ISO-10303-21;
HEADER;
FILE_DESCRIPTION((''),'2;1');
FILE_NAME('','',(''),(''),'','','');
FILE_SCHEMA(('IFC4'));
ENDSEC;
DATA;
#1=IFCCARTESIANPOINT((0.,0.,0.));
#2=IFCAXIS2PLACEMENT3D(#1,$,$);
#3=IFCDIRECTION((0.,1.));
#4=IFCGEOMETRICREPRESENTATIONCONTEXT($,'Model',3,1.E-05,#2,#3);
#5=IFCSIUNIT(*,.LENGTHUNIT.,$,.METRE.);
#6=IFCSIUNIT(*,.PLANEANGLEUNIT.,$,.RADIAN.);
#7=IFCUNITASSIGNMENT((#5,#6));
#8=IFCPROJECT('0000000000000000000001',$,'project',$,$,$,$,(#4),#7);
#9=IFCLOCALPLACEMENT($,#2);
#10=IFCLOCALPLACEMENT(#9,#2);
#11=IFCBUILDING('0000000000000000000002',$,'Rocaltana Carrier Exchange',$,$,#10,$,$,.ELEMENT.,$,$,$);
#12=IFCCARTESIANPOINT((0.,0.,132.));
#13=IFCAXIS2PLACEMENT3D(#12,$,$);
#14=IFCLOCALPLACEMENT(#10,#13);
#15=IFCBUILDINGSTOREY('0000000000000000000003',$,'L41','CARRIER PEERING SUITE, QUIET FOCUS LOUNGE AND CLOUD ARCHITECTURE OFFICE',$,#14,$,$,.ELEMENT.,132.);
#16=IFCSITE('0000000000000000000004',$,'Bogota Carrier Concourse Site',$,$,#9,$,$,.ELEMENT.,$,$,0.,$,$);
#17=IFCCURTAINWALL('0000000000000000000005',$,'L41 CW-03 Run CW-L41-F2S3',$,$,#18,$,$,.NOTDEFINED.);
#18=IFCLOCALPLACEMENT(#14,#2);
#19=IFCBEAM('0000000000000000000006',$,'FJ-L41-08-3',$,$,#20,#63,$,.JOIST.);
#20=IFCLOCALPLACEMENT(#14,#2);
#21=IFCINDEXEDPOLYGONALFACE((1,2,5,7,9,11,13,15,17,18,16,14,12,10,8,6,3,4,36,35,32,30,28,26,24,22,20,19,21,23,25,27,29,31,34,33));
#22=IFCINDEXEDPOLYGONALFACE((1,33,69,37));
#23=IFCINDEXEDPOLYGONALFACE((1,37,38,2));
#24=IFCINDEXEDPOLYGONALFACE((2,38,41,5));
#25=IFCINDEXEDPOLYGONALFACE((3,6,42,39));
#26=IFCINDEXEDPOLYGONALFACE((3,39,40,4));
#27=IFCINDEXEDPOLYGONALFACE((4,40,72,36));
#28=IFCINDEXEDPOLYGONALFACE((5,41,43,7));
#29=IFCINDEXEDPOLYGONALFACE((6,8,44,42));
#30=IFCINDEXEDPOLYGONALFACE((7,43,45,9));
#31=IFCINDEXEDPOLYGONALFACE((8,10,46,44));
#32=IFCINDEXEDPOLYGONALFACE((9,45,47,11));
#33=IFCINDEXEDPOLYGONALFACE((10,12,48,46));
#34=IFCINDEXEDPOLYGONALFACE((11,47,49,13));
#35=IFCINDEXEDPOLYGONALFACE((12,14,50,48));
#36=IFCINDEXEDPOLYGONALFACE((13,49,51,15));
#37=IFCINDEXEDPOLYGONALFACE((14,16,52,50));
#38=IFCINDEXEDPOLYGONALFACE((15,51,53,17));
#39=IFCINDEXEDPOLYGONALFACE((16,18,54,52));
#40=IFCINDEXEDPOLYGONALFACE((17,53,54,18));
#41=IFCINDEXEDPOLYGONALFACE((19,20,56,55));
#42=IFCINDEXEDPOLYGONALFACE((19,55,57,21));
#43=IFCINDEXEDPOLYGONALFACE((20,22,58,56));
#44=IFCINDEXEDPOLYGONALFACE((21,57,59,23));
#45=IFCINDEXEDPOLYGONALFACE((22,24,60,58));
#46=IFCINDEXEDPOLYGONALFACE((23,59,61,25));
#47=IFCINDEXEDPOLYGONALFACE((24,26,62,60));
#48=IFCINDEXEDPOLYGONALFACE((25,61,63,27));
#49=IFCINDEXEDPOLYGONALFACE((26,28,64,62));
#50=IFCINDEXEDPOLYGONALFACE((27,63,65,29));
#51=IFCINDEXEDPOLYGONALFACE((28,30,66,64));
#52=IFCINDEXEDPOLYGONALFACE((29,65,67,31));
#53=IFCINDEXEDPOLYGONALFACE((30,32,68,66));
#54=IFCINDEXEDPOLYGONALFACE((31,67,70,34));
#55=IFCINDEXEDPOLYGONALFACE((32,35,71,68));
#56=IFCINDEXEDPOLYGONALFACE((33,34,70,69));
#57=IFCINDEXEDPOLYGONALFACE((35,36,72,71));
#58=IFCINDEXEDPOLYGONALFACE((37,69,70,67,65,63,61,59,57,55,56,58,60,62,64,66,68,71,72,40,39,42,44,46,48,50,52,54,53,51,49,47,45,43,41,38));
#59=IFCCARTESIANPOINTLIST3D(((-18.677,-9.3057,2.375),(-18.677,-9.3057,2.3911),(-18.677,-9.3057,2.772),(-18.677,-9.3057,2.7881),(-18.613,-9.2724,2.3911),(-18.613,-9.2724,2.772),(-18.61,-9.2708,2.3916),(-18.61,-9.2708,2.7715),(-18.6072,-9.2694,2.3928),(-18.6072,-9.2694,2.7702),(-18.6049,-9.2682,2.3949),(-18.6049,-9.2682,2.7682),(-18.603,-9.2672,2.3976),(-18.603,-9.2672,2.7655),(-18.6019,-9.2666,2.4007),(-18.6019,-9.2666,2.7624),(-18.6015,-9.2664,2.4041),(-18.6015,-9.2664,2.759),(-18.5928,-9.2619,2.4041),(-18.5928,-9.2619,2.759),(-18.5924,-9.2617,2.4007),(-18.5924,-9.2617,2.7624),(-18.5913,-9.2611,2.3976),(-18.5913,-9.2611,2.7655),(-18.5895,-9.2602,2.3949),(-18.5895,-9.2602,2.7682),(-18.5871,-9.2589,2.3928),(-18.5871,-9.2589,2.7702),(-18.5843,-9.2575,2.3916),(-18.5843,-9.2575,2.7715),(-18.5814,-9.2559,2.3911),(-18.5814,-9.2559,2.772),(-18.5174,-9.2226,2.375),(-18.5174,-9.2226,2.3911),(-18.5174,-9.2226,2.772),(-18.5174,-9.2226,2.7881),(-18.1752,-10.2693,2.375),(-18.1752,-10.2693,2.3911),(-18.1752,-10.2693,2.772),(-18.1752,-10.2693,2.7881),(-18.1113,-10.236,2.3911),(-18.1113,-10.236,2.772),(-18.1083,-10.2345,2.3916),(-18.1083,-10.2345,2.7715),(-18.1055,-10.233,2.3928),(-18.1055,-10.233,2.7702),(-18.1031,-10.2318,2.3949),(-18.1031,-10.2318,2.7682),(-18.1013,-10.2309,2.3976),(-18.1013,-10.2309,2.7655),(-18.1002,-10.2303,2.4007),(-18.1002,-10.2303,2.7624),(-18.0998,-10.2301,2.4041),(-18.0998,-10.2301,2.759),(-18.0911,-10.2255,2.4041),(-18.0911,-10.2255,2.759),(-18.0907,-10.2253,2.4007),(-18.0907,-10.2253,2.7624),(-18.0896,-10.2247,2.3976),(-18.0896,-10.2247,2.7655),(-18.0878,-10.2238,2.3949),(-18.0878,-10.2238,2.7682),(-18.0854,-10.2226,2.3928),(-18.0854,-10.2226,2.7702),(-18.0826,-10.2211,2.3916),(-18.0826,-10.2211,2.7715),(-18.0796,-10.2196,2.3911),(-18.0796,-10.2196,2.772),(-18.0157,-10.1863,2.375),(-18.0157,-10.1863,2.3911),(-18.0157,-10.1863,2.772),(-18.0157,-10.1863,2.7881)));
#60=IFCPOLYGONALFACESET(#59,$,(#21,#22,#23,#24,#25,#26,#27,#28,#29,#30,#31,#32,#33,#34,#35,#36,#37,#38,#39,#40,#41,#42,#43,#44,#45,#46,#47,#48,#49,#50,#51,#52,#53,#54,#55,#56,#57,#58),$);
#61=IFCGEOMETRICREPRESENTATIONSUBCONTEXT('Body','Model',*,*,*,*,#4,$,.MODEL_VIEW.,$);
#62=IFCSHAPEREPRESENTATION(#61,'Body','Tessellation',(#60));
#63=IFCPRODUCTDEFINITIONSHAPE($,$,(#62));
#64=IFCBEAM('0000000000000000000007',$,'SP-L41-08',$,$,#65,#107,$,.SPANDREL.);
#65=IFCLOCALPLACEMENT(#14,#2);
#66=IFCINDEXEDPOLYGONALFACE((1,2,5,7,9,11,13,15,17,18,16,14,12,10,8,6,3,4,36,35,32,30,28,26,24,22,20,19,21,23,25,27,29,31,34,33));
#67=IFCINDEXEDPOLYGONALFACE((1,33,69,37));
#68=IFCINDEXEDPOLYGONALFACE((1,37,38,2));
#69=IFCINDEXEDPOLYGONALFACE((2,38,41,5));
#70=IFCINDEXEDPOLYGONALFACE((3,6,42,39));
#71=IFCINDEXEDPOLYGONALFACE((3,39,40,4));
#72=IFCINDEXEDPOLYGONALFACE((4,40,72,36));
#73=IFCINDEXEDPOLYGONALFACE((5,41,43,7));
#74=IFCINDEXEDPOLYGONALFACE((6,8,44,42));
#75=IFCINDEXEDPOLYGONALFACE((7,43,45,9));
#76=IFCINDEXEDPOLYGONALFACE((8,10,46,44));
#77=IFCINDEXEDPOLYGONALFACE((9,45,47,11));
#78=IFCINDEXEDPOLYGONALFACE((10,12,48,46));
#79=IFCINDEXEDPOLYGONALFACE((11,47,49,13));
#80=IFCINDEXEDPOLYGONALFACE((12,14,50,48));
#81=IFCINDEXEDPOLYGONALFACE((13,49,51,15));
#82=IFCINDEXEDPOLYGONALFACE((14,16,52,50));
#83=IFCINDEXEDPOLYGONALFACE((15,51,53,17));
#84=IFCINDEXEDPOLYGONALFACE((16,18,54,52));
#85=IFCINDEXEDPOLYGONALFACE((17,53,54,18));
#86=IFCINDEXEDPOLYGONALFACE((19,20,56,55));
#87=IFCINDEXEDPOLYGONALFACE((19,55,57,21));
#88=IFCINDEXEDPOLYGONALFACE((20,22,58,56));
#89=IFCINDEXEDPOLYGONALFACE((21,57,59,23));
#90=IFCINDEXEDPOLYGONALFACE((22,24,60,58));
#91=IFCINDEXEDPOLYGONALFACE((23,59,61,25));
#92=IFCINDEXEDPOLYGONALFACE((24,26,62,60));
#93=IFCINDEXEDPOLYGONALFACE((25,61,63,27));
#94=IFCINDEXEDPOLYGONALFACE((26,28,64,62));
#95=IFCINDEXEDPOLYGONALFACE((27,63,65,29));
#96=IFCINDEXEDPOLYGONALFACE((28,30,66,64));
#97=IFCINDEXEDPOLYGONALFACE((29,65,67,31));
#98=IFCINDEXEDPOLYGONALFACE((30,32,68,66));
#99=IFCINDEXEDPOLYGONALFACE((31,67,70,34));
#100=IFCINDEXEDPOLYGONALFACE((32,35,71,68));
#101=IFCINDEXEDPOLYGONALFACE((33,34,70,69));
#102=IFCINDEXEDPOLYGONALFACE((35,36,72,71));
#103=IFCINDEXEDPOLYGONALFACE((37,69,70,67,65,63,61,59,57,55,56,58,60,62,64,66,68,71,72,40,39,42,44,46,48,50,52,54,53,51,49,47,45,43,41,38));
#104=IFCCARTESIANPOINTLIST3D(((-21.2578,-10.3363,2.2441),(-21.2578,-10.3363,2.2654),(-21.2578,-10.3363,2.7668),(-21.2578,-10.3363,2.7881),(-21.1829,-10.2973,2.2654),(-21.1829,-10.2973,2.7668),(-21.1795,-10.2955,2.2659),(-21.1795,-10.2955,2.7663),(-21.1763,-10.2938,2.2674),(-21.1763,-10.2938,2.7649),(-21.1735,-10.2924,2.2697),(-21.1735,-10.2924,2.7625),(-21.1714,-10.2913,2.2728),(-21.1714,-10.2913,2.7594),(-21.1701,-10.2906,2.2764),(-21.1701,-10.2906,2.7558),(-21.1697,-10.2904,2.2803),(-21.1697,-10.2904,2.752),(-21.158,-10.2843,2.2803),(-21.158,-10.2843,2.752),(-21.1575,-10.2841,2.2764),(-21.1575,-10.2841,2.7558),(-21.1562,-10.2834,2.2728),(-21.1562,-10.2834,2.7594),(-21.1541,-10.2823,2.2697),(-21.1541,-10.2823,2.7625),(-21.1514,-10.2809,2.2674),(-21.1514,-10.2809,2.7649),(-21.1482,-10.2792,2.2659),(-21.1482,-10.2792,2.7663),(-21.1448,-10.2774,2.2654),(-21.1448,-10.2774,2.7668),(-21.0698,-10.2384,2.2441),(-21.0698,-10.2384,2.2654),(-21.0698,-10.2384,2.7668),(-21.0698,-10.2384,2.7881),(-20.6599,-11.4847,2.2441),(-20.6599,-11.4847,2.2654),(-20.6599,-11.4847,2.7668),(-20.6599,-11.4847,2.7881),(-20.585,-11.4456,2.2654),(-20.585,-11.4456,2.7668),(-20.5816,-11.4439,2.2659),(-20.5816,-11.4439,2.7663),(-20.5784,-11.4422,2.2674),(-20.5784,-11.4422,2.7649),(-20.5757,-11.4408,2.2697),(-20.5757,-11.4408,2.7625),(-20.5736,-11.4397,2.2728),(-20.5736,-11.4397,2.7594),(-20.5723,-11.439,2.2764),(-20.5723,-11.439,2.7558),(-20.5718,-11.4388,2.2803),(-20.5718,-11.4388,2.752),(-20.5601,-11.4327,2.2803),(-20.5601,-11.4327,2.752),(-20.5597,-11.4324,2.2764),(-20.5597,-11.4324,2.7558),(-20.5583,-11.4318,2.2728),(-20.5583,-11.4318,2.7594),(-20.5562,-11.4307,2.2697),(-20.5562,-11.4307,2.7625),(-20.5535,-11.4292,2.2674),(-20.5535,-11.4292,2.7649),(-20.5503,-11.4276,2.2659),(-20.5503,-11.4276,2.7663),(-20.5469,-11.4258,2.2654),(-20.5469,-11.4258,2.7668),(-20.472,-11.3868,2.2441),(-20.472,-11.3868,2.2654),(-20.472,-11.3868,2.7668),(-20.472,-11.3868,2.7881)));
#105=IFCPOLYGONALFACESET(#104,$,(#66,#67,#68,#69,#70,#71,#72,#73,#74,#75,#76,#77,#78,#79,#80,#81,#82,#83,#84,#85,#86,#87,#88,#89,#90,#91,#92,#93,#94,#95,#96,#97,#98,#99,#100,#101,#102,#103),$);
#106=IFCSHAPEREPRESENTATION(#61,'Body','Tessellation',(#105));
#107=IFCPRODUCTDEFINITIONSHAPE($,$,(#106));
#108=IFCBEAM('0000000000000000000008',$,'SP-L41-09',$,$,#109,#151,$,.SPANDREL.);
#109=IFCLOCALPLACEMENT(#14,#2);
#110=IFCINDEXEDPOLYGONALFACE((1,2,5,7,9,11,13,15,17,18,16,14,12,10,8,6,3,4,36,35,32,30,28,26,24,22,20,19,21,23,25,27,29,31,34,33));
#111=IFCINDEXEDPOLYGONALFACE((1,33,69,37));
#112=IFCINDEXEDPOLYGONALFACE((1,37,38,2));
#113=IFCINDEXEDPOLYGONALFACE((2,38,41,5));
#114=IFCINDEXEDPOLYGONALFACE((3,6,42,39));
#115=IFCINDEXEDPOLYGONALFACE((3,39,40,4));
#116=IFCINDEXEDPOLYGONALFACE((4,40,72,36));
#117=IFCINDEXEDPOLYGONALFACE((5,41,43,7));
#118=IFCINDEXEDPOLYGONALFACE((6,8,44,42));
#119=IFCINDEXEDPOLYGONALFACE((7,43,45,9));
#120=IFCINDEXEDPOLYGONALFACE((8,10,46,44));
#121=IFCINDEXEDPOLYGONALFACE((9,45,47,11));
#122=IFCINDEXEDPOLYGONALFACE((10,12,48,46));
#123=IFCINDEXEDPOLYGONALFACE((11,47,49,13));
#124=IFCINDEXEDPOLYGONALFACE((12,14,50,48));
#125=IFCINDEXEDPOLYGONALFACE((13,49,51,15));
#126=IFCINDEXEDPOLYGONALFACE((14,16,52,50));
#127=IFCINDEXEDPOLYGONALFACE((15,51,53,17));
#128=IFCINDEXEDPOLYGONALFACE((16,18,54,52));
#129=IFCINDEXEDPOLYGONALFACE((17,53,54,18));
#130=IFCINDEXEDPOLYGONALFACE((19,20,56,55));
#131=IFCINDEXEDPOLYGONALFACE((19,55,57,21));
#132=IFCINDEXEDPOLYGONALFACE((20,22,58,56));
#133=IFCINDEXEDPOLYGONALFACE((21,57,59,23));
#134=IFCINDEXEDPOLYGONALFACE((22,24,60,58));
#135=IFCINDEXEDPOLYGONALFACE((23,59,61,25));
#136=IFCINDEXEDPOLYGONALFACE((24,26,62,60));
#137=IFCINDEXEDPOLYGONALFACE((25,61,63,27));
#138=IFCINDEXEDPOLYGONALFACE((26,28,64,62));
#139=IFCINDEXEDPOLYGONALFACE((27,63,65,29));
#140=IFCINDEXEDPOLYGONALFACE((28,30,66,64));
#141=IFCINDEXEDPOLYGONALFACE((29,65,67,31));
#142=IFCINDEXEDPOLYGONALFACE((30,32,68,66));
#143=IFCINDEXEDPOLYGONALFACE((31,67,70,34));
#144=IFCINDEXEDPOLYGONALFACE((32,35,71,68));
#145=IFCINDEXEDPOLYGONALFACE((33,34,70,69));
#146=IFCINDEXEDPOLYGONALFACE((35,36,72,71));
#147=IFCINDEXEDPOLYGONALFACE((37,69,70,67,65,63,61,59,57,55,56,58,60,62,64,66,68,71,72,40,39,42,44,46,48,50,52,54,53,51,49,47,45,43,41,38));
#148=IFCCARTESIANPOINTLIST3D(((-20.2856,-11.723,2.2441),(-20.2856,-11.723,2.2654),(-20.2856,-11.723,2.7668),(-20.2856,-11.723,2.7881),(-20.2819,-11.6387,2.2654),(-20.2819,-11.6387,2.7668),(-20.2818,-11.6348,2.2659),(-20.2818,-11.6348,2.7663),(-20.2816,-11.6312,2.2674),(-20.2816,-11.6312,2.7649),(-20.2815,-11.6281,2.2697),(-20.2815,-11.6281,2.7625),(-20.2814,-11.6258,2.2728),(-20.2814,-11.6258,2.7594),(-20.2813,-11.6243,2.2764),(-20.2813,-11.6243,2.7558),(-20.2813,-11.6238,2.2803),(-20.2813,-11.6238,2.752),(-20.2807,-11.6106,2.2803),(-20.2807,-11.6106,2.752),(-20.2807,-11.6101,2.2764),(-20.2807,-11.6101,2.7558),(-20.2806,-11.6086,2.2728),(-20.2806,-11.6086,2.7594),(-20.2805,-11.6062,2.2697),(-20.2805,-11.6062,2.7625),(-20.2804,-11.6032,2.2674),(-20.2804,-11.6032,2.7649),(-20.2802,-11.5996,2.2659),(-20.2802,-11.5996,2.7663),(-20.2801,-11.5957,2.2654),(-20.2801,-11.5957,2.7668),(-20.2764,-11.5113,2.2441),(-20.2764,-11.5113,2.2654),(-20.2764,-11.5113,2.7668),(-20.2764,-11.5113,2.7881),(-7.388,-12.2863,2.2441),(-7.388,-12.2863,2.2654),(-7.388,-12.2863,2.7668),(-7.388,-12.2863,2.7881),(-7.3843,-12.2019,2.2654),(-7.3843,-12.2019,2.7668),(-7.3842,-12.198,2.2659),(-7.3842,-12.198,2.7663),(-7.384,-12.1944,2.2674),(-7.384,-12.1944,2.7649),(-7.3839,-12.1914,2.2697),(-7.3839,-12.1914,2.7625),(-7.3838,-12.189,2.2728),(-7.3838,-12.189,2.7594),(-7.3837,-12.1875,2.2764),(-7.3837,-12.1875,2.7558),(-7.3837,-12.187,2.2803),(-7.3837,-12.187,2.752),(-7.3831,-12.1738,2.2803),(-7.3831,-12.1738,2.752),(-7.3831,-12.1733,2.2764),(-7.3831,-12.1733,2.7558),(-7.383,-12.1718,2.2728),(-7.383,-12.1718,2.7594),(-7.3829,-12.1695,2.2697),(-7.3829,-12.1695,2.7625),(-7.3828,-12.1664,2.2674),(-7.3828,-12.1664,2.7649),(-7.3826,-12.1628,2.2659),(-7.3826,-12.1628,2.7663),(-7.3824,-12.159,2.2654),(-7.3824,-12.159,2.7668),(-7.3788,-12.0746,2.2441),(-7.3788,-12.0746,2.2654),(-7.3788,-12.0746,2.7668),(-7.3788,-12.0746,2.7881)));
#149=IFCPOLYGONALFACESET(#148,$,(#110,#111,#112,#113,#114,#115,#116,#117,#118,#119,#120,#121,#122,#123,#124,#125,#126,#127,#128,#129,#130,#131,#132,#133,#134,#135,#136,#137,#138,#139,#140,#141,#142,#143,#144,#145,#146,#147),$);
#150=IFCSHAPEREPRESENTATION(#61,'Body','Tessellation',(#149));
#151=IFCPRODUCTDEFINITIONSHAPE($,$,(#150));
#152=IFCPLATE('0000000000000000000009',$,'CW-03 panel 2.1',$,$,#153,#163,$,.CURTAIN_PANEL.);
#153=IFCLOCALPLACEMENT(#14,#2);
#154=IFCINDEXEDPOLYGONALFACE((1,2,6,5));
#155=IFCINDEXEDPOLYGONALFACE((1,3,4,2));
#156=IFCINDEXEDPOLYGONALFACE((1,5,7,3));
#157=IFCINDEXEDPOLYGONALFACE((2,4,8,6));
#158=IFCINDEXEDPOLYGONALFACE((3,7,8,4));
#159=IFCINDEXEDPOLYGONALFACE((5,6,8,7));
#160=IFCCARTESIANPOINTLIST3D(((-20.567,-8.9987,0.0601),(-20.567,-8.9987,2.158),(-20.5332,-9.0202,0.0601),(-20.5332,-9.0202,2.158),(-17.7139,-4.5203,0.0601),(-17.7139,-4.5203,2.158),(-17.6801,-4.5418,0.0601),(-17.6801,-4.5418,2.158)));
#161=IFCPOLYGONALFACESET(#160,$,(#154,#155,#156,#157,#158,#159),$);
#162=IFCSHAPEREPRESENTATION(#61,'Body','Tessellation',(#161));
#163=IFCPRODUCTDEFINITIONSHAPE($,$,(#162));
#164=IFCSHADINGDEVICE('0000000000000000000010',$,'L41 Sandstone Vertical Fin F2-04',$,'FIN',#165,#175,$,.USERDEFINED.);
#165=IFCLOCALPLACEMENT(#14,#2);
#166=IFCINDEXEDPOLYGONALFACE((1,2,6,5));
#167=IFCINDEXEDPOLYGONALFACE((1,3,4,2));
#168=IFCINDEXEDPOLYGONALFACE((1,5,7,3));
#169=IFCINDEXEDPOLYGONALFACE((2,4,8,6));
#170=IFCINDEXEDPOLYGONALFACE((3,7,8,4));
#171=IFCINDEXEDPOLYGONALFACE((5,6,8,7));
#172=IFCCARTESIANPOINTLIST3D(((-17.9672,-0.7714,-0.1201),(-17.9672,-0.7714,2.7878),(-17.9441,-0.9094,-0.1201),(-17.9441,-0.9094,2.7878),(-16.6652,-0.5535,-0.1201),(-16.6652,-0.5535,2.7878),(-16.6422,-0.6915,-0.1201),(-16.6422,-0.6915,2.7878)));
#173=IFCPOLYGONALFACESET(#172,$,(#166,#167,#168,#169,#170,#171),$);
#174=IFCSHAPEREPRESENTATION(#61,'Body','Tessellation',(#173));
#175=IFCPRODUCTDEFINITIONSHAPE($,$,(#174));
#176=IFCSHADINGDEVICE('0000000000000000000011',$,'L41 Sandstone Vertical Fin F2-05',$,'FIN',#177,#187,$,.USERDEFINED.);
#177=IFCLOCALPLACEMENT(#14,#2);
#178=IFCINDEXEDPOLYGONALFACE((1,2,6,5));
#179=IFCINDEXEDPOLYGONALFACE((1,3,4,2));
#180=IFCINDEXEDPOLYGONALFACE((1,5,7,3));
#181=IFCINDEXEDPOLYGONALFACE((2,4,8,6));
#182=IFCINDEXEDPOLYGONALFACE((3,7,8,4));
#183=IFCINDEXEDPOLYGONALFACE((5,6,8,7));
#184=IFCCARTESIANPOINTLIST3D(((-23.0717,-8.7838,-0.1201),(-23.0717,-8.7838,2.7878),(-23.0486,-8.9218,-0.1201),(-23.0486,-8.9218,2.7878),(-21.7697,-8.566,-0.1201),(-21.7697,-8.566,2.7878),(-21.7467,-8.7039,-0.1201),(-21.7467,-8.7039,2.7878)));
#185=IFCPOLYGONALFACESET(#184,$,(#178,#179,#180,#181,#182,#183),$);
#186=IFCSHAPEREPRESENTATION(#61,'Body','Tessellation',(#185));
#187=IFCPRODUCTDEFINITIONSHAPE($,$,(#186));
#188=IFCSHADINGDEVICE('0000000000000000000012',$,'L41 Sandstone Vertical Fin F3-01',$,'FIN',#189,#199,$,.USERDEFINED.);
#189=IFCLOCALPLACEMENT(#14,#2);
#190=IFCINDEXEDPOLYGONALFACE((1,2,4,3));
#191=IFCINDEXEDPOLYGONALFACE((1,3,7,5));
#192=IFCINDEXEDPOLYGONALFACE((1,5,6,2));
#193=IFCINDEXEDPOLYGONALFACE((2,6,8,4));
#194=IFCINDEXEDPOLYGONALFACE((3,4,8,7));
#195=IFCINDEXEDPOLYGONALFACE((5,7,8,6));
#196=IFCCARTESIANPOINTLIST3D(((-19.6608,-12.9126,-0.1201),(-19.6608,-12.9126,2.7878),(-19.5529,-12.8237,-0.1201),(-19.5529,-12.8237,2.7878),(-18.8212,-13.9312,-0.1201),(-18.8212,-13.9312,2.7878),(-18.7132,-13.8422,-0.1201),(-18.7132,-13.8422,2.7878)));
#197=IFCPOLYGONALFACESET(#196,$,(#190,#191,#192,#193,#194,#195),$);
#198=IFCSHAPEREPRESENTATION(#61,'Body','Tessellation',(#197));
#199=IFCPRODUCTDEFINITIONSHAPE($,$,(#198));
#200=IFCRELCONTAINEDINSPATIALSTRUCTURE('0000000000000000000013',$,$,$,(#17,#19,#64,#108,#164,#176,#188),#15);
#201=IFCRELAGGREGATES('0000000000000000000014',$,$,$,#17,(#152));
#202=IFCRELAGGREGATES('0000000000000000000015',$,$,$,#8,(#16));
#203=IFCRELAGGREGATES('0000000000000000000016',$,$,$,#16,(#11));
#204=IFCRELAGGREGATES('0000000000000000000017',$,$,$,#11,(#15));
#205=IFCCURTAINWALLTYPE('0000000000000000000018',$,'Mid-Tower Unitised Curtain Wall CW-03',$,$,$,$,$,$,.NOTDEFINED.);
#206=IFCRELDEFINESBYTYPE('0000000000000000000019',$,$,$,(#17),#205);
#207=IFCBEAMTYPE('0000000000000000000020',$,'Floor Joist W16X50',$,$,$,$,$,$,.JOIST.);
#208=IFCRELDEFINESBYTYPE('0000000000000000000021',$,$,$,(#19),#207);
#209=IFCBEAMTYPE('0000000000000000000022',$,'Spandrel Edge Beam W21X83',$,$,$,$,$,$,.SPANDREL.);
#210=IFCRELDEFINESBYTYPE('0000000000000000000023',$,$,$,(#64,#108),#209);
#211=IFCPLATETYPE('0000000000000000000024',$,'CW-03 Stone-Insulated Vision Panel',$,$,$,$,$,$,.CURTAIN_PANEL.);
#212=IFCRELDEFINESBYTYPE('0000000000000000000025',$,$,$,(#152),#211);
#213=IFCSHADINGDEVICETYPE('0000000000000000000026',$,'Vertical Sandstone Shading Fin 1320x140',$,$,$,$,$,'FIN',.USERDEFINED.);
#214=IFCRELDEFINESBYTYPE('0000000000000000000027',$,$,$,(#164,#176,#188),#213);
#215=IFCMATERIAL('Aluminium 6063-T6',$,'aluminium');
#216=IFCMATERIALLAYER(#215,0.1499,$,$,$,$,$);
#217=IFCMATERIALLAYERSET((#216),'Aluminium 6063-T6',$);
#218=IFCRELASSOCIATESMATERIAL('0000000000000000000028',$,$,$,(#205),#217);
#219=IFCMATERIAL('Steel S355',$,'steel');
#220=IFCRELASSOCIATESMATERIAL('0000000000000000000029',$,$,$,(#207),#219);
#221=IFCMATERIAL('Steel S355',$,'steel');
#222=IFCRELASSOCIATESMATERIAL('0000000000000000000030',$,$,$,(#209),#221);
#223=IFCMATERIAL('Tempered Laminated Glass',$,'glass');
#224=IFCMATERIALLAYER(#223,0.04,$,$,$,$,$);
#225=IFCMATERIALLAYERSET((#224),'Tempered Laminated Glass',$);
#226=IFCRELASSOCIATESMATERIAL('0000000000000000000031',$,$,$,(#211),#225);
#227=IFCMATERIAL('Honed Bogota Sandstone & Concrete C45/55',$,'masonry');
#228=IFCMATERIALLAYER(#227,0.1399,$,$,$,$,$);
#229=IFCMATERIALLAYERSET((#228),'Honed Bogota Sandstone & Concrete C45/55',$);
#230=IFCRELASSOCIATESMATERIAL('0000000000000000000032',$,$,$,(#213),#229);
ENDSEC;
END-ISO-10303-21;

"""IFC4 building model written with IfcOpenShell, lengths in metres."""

from ifc_helpers import new_model, si_unit, direction, frame, origin, origin_2d, place, context, subcontext, project, spatial, rectangle, i_section, extrude, material, layer, layer_set, material_profile, profile_set, type_object, element, aggregate, save


model = new_model("IFC4")

# Units and contexts
model_context = context("Model", 3, precision=1e-05, world=origin(), true_north=direction((0.0, 1.0)))
body_context = subcontext(model_context, "Body", "Model", "MODEL_VIEW")
ifc_project = project(units=[si_unit("LENGTHUNIT", "METRE"), si_unit("PLANEANGLEUNIT", "RADIAN")], contexts=[model_context])

# Site, building, storey
site_placement = place(None, origin())
site = spatial("IfcSite", under=ifc_project, at=site_placement, Name="Bogota Carrier Concourse Site", CompositionType="ELEMENT", RefElevation=0.0)
building_placement = place(site_placement, origin())
building = spatial("IfcBuilding", under=site, at=building_placement, Name="Rocaltana Carrier Exchange", CompositionType="ELEMENT")
storey_placement = place(building_placement, frame((0.0, 0.0, 132.0)))
storey = spatial("IfcBuildingStorey", under=building, at=storey_placement, Name="L41", Description="CARRIER PEERING SUITE, QUIET FOCUS LOUNGE AND CLOUD ARCHITECTURE OFFICE", CompositionType="ELEMENT", Elevation=132.0)

# Curtain wall
ifc_material_1 = material(Name="Aluminium 6063-T6", Category="aluminium")
ifc_layer_1 = layer(ifc_material_1, 0.1499)
ifc_layer_set_1 = layer_set([ifc_layer_1], Name="Aluminium 6063-T6")
curtain_wall_type = type_object("IfcCurtainWallType", Name="Mid-Tower Unitised Curtain Wall CW-03", PredefinedType="NOTDEFINED", material=ifc_layer_set_1)
curtain_wall_1_placement = place(storey_placement, origin())
curtain_wall_1 = element("IfcCurtainWall", 1, at=curtain_wall_1_placement, inside=storey, type_object=curtain_wall_type, Name="L41 CW-03 Run CW-L41-F2S3", PredefinedType="NOTDEFINED")

# Beams
ifc_material_2 = material(Name="Steel S355", Category="steel")
ifc_material_profile_1 = material_profile(ifc_material_2, i_section(OverallWidth=0.1799, OverallDepth=0.4131, WebThickness=0.0098, FlangeThickness=0.0161, FilletRadius=0.0129, at=origin_2d()), Name="W16X50")
ifc_profile_set_1 = profile_set([ifc_material_profile_1], Name="Steel S355")
beam_type_1 = type_object("IfcBeamType", Name="Floor Joist W16X50", PredefinedType="JOIST", material=ifc_profile_set_1)
beam_1_placement = place(storey_placement, frame((-18.5972, -9.2642, 2.5815), z_axis=(0.461806, -0.886981, 0.0), x_axis=(0.886981, 0.461806, 0.0)))
element("IfcBeam", 2, at=beam_1_placement, inside=storey, type_object=beam_type_1, Name="FJ-L41-08-3", PredefinedType="JOIST", context=body_context, shape_type="SweptSolid", body=[
    extrude(i_section(OverallWidth=0.1799, OverallDepth=0.4131, WebThickness=0.0098, FlangeThickness=0.0161, FilletRadius=0.0129, at=origin_2d()), origin(), (0.0, 0.0, 1.0), 1.0864),
])
ifc_material_3 = material(Name="Steel S355", Category="steel")
ifc_material_profile_2 = material_profile(ifc_material_3, i_section(OverallWidth=0.2119, OverallDepth=0.5439, WebThickness=0.0132, FlangeThickness=0.0212, FilletRadius=0.0149, at=origin_2d()), Name="W21X83")
ifc_profile_set_2 = profile_set([ifc_material_profile_2], Name="Steel S355")
beam_type_2 = type_object("IfcBeamType", Name="Spandrel Edge Beam W21X83", PredefinedType="SPANDREL", material=ifc_profile_set_2)
beam_2_placement = place(storey_placement, frame((-21.1638, -10.2874, 2.5161), z_axis=(0.461786, -0.886991, 0.0), x_axis=(0.886991, 0.461786, 0.0)))
element("IfcBeam", 3, at=beam_2_placement, inside=storey, type_object=beam_type_2, Name="SP-L41-08", PredefinedType="SPANDREL", context=body_context, shape_type="SweptSolid", body=[
    extrude(i_section(OverallWidth=0.2119, OverallDepth=0.5439, WebThickness=0.0132, FlangeThickness=0.0212, FilletRadius=0.0149, at=origin_2d()), origin(), (0.0, 0.0, 1.0), 1.2947),
])
beam_3_placement = place(storey_placement, frame((-20.281, -11.6172, 2.5161), z_axis=(0.999048, -0.043628, 0.0), x_axis=(0.043628, 0.999048, 0.0)))
element("IfcBeam", 4, at=beam_3_placement, inside=storey, type_object=beam_type_2, Name="SP-L41-09", PredefinedType="SPANDREL", context=body_context, shape_type="SweptSolid", body=[
    extrude(i_section(OverallWidth=0.2119, OverallDepth=0.5439, WebThickness=0.0132, FlangeThickness=0.0212, FilletRadius=0.0149, at=origin_2d()), origin(), (0.0, 0.0, 1.0), 12.9099),
])

# Plate
ifc_material_4 = material(Name="Tempered Laminated Glass", Category="glass")
ifc_layer_2 = layer(ifc_material_4, 0.04)
ifc_layer_set_2 = layer_set([ifc_layer_2], Name="Tempered Laminated Glass")
plate_type = type_object("IfcPlateType", Name="CW-03 Stone-Insulated Vision Panel", PredefinedType="CURTAIN_PANEL", material=ifc_layer_set_2)
plate_placement = place(storey_placement, frame((-19.1235, -6.7703, 0.0601), z_axis=(0.0, 0.0, 1.0), x_axis=(-0.537301, -0.843391, 0.0)))
plate = element("IfcPlate", 5, at=plate_placement, type_object=plate_type, Name="CW-03 panel 2.1", PredefinedType="CURTAIN_PANEL", context=body_context, shape_type="SweptSolid", body=[
    extrude(rectangle(XDim=5.3101, YDim=0.04, at=origin_2d()), origin(), (0.0, 0.0, 1.0), 2.0979),
])
aggregate(curtain_wall_1, [plate])

# Shading devices
ifc_material_5 = material(Name="Honed Bogota Sandstone & Concrete C45/55", Category="masonry")
ifc_layer_3 = layer(ifc_material_5, 0.1399)
ifc_layer_set_3 = layer_set([ifc_layer_3], Name="Honed Bogota Sandstone & Concrete C45/55")
shading_device_type = type_object("IfcShadingDeviceType", Name="Vertical Sandstone Shading Fin 1320x140", ElementType="FIN", PredefinedType="USERDEFINED", material=ifc_layer_set_3)
for number, where, z_axis, x_axis, name in (
    (6, (-17.3047, -0.7314, -0.1201), (0.0, 0.0, 1.0), (-0.986286, -0.165048, 0.0), "L41 Sandstone Vertical Fin F2-04"),
    (7, (-22.4092, -8.7439, -0.1201), (0.0, 0.0, 1.0), (-0.986286, -0.165048, 0.0), "L41 Sandstone Vertical Fin F2-05"),
    (8, (-19.187, -13.3774, -0.1201), (0.0, 0.0, 1.0), (0.636078, -0.771625, 0.0), "L41 Sandstone Vertical Fin F3-01"),
):
    element("IfcShadingDevice", number, at=place(storey_placement, frame(where, z_axis=z_axis, x_axis=x_axis)), inside=storey, type_object=shading_device_type, Name=name, ObjectType="FIN", PredefinedType="USERDEFINED", context=body_context, shape_type="SweptSolid", body=[
        extrude(rectangle(XDim=1.3201, YDim=0.1399, at=origin_2d()), origin(), (0.0, 0.0, 1.0), 2.908),
    ])

save(model, "model.ifc")
